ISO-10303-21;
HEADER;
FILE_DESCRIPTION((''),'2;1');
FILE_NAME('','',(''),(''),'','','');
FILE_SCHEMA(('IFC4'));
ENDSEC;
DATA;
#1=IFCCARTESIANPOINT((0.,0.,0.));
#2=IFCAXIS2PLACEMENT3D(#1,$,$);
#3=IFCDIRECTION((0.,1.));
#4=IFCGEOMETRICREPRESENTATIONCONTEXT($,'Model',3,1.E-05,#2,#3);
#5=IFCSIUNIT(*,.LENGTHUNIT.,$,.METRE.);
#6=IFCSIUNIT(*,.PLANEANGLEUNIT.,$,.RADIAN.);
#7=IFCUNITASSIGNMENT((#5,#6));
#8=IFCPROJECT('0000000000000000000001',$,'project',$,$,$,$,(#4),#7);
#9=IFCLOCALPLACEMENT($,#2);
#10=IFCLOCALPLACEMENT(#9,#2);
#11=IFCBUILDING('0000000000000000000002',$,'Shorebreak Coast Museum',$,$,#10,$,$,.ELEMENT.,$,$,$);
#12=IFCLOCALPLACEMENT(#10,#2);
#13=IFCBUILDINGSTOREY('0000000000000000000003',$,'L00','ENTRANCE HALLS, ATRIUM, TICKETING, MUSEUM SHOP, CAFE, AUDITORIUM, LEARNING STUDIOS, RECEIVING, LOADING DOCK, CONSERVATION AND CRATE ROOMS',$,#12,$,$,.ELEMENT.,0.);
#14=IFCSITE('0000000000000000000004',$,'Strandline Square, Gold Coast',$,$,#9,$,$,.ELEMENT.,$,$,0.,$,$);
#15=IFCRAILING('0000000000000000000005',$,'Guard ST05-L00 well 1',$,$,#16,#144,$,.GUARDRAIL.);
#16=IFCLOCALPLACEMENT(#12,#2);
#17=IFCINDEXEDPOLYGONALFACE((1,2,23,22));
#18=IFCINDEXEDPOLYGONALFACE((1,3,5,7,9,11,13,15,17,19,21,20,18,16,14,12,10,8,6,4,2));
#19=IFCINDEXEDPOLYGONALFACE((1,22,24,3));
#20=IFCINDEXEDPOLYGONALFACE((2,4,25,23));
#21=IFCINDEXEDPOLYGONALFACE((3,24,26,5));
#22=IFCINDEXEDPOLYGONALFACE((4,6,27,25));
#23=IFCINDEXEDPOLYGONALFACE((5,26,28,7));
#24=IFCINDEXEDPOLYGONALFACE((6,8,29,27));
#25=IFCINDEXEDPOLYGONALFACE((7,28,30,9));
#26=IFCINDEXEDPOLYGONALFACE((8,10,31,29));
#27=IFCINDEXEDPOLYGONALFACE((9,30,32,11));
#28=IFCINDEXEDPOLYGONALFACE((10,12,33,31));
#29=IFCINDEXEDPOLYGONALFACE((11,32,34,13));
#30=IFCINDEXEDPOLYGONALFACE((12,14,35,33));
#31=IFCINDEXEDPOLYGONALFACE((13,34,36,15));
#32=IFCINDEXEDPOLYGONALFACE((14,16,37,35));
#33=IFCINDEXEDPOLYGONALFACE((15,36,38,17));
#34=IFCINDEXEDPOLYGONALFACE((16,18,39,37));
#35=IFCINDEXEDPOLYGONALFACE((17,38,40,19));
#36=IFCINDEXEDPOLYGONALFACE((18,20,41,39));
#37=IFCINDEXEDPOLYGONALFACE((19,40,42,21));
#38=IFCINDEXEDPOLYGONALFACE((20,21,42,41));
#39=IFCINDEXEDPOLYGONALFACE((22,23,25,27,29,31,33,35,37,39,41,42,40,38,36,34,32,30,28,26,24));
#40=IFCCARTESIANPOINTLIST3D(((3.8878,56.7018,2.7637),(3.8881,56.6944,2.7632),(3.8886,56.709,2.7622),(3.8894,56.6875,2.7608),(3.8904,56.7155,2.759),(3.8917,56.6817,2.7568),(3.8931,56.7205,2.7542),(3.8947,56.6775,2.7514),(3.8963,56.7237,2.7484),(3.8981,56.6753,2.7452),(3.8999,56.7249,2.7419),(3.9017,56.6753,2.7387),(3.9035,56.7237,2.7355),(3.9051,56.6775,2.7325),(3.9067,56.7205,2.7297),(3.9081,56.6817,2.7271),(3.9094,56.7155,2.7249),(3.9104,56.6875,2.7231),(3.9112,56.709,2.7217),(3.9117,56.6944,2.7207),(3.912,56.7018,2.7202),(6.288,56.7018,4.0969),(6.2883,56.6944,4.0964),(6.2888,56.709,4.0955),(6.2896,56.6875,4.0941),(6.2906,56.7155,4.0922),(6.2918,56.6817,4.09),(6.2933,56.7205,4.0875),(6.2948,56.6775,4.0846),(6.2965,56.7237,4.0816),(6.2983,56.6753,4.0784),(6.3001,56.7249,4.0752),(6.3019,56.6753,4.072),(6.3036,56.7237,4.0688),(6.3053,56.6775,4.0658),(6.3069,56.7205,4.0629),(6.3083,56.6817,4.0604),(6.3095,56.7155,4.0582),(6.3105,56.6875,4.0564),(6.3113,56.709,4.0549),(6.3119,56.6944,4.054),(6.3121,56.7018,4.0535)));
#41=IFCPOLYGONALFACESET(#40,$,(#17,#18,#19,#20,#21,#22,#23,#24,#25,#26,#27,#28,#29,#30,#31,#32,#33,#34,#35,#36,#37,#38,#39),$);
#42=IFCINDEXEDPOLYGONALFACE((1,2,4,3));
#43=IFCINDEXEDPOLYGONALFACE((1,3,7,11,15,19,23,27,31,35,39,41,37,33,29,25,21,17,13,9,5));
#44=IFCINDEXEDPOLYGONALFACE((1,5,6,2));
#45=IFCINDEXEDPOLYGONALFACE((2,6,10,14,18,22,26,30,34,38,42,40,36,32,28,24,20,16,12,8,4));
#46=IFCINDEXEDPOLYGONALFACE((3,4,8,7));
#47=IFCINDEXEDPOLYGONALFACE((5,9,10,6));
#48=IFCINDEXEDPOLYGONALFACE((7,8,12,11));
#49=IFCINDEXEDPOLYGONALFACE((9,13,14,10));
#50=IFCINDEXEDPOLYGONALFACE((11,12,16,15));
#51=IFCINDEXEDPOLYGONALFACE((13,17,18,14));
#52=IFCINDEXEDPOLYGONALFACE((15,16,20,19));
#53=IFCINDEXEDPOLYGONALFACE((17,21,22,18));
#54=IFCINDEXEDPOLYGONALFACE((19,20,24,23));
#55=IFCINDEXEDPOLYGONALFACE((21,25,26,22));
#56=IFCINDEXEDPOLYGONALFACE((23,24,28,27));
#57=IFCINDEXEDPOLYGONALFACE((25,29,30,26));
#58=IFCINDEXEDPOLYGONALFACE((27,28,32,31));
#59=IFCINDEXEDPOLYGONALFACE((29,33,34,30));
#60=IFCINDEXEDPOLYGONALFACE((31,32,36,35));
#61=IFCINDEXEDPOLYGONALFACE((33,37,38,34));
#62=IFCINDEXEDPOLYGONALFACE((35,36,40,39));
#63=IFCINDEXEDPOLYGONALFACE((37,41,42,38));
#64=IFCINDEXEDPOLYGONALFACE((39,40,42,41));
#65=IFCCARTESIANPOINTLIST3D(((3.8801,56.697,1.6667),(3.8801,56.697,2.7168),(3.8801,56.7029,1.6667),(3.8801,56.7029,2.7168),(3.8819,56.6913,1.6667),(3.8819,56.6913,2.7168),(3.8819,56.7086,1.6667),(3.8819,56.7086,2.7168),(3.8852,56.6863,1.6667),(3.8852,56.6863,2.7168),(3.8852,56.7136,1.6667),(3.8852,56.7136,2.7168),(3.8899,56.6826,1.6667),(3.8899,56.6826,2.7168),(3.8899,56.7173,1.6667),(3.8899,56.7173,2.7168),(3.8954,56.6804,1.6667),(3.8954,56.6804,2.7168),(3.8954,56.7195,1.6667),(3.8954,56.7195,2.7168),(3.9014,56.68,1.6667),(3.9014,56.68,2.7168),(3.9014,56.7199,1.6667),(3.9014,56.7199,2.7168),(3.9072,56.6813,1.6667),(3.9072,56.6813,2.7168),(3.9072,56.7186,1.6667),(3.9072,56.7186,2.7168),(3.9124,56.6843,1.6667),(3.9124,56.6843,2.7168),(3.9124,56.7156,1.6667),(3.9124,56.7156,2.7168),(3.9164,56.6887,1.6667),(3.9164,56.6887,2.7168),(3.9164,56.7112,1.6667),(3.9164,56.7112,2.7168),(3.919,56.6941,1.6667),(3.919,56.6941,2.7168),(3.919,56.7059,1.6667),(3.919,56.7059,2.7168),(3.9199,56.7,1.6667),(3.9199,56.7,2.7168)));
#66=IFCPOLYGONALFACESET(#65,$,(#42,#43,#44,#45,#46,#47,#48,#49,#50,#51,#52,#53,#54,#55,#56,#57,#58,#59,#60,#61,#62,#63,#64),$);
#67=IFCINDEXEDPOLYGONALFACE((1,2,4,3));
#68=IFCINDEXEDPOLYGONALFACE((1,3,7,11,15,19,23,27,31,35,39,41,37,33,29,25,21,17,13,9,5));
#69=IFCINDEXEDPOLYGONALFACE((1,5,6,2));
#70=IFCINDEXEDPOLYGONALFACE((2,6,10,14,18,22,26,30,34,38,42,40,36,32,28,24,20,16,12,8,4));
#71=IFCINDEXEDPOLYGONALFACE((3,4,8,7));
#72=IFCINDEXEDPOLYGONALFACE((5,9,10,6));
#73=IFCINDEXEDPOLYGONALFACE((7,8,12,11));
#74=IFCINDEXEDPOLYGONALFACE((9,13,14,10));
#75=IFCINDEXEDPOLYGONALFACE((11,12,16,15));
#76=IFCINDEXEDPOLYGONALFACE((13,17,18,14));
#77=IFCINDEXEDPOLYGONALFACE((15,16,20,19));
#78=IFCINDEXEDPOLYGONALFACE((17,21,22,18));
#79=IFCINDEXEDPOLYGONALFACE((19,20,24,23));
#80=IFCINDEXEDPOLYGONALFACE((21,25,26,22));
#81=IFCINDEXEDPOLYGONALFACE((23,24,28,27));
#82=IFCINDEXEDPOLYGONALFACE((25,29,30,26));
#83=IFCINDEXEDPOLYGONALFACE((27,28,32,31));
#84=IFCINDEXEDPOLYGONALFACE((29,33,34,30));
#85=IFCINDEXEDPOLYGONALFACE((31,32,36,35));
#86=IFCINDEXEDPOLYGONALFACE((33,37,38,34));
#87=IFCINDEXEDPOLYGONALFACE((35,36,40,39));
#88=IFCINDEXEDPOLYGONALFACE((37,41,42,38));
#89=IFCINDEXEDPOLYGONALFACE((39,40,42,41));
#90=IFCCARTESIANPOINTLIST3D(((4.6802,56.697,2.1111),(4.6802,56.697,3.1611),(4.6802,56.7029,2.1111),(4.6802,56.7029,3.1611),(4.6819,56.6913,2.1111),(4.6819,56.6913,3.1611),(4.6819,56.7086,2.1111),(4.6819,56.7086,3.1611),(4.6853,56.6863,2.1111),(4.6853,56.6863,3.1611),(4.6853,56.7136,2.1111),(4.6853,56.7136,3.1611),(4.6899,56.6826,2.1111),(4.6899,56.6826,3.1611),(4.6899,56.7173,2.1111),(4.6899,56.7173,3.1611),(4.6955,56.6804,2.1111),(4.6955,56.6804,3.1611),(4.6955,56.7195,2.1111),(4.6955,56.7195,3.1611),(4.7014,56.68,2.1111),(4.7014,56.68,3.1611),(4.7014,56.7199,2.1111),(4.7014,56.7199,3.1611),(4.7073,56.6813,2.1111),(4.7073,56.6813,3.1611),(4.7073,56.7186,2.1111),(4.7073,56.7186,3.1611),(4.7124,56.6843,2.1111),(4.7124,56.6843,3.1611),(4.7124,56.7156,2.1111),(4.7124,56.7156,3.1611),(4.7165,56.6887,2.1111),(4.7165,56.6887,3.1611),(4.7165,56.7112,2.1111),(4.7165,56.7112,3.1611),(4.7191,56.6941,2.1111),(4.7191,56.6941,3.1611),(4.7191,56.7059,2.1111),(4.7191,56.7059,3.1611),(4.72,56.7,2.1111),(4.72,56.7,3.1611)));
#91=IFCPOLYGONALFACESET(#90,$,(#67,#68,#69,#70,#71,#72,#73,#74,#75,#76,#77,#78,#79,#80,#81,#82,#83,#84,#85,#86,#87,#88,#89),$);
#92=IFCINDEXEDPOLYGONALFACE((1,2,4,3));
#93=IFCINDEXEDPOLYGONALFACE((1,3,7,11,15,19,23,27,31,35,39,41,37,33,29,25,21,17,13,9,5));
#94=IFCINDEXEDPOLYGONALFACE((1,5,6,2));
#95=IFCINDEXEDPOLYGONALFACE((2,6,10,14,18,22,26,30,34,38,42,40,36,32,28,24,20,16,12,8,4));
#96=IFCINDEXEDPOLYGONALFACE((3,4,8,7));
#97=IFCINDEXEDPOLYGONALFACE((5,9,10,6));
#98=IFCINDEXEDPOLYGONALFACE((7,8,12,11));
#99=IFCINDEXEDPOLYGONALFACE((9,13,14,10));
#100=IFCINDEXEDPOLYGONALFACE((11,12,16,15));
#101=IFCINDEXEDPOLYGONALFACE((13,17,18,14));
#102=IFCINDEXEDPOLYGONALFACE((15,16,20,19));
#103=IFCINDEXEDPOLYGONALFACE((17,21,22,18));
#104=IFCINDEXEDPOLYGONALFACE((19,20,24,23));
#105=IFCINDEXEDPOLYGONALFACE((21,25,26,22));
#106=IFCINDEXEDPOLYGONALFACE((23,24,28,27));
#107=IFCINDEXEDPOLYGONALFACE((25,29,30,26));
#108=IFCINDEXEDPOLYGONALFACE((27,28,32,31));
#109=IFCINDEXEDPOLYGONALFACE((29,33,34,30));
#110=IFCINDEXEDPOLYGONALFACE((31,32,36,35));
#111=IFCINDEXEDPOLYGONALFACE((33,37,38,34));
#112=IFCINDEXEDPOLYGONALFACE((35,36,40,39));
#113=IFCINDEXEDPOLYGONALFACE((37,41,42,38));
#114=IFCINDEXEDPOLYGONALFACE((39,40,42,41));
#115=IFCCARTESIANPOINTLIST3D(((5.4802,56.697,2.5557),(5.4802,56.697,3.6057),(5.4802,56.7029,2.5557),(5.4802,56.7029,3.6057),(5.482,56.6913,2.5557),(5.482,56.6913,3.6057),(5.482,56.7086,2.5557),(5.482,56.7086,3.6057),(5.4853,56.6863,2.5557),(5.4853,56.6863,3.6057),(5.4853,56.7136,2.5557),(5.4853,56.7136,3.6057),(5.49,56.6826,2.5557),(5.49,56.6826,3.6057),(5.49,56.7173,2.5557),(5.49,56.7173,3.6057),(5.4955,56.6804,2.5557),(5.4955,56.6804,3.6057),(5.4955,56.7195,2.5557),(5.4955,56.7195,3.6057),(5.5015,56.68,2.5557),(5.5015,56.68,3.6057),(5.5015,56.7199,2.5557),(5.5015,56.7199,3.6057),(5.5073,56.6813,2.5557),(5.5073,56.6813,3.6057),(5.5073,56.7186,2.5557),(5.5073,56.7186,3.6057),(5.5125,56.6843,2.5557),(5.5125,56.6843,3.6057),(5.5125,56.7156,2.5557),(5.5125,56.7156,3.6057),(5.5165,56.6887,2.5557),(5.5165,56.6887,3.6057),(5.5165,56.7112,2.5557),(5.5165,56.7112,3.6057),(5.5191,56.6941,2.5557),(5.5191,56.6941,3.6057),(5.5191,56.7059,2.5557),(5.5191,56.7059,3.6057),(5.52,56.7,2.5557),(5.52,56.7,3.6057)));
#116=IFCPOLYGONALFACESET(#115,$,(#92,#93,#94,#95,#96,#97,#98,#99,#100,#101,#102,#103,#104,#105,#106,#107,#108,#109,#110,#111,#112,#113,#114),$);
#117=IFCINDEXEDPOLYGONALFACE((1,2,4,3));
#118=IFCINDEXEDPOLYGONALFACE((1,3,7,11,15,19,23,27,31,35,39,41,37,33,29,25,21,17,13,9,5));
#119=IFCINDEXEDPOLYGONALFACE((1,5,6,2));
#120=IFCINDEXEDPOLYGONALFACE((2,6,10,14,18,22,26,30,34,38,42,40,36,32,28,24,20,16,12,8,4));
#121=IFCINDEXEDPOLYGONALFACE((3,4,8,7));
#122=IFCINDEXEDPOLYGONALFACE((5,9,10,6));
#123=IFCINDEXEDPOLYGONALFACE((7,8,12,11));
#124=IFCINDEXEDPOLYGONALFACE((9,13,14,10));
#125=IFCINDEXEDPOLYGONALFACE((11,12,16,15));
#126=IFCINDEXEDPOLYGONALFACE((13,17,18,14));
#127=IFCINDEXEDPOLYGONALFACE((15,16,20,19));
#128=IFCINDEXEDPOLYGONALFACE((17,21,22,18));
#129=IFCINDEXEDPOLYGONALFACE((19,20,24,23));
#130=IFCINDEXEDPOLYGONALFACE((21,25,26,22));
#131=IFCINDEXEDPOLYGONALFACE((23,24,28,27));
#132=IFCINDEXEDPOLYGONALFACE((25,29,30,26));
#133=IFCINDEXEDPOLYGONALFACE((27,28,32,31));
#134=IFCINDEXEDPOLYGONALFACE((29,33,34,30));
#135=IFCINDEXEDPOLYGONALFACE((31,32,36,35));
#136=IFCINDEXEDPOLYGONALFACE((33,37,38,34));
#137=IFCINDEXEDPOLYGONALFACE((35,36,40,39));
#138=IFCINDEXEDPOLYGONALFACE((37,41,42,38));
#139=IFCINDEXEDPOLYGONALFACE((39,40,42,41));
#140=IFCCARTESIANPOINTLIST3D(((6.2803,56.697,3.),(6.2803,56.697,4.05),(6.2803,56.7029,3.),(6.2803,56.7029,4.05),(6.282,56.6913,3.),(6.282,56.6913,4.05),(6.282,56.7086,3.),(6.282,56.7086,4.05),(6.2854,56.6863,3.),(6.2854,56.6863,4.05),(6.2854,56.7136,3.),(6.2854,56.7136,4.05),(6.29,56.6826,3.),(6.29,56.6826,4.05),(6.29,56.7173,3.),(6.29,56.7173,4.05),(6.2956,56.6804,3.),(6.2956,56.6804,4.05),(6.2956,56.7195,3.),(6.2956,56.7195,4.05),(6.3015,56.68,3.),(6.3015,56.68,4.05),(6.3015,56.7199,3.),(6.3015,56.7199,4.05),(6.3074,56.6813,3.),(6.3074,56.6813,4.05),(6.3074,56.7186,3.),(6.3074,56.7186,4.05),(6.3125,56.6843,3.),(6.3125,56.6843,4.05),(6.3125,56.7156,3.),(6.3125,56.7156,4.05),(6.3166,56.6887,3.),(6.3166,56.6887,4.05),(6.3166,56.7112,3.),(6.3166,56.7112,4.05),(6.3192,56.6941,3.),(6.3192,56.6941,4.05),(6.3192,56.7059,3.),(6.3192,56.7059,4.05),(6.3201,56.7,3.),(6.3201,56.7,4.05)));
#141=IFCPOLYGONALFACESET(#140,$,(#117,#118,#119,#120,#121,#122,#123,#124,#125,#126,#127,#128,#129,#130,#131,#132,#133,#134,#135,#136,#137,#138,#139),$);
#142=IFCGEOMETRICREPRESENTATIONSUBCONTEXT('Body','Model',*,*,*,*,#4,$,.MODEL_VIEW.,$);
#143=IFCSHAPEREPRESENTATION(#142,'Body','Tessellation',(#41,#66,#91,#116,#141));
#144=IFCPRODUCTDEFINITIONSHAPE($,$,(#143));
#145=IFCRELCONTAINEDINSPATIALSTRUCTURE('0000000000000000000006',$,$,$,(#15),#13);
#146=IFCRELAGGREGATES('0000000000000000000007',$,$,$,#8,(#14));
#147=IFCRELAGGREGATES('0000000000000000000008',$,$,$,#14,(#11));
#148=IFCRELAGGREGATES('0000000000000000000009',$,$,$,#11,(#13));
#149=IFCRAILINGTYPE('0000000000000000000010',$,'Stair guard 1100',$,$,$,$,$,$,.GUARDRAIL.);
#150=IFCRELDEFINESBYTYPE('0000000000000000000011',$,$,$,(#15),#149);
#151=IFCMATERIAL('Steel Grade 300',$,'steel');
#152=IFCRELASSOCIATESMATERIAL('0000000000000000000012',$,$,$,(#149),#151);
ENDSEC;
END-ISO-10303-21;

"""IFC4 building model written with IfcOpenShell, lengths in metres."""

from ifc_helpers import new_model, si_unit, direction, frame, origin, origin_2d, place, context, subcontext, project, spatial, circle, extrude, material, type_object, element, save


model = new_model("IFC4")

# Units and contexts
model_context = context("Model", 3, precision=1e-05, world=origin(), true_north=direction((0.0, 1.0)))
body_context = subcontext(model_context, "Body", "Model", "MODEL_VIEW")
ifc_project = project(units=[si_unit("LENGTHUNIT", "METRE"), si_unit("PLANEANGLEUNIT", "RADIAN")], contexts=[model_context])

# Site, building, storey
site_placement = place(None, origin())
site = spatial("IfcSite", under=ifc_project, at=site_placement, Name="Strandline Square, Gold Coast", CompositionType="ELEMENT", RefElevation=0.0)
building_placement = place(site_placement, origin())
building = spatial("IfcBuilding", under=site, at=building_placement, Name="Shorebreak Coast Museum", CompositionType="ELEMENT")
storey_placement = place(building_placement, origin())
storey = spatial("IfcBuildingStorey", under=building, at=storey_placement, Name="L00", Description="ENTRANCE HALLS, ATRIUM, TICKETING, MUSEUM SHOP, CAFE, AUDITORIUM, LEARNING STUDIOS, RECEIVING, LOADING DOCK, CONSERVATION AND CRATE ROOMS", CompositionType="ELEMENT", Elevation=0.0)

# Railing
ifc_material_1 = material(Name="Steel Grade 300", Category="steel")
railing_type_1 = type_object("IfcRailingType", Name="Stair guard 1100", PredefinedType="GUARDRAIL", material=ifc_material_1)
railing_1_placement = place(storey_placement, frame((3.8999, 56.7, 1.6667)))
element("IfcRailing", 1, at=railing_1_placement, inside=storey, type_object=railing_type_1, Name="Guard ST05-L00 well 1", PredefinedType="GUARDRAIL", context=body_context, shape_type="SweptSolid", body=[
    extrude(circle(Radius=0.0249, at=origin_2d()), frame((0.0, 0.0, 1.0752), z_axis=(0.874182, 0.0, 0.485598), x_axis=(0.0, 1.0, 0.0)), (0.0, 0.0, 1.0), 2.7456),
    extrude(circle(Radius=0.02, at=origin_2d()), origin(), (0.0, 0.0, 1.0), 1.05),
    extrude(circle(Radius=0.02, at=origin_2d()), frame((0.8, 0.0, 0.4443)), (0.0, 0.0, 1.0), 1.05),
    extrude(circle(Radius=0.02, at=origin_2d()), frame((1.6001, 0.0, 0.8889)), (0.0, 0.0, 1.0), 1.05),
    extrude(circle(Radius=0.02, at=origin_2d()), frame((2.4001, 0.0, 1.3333)), (0.0, 0.0, 1.0), 1.05),
])

save(model, "model.ifc")
